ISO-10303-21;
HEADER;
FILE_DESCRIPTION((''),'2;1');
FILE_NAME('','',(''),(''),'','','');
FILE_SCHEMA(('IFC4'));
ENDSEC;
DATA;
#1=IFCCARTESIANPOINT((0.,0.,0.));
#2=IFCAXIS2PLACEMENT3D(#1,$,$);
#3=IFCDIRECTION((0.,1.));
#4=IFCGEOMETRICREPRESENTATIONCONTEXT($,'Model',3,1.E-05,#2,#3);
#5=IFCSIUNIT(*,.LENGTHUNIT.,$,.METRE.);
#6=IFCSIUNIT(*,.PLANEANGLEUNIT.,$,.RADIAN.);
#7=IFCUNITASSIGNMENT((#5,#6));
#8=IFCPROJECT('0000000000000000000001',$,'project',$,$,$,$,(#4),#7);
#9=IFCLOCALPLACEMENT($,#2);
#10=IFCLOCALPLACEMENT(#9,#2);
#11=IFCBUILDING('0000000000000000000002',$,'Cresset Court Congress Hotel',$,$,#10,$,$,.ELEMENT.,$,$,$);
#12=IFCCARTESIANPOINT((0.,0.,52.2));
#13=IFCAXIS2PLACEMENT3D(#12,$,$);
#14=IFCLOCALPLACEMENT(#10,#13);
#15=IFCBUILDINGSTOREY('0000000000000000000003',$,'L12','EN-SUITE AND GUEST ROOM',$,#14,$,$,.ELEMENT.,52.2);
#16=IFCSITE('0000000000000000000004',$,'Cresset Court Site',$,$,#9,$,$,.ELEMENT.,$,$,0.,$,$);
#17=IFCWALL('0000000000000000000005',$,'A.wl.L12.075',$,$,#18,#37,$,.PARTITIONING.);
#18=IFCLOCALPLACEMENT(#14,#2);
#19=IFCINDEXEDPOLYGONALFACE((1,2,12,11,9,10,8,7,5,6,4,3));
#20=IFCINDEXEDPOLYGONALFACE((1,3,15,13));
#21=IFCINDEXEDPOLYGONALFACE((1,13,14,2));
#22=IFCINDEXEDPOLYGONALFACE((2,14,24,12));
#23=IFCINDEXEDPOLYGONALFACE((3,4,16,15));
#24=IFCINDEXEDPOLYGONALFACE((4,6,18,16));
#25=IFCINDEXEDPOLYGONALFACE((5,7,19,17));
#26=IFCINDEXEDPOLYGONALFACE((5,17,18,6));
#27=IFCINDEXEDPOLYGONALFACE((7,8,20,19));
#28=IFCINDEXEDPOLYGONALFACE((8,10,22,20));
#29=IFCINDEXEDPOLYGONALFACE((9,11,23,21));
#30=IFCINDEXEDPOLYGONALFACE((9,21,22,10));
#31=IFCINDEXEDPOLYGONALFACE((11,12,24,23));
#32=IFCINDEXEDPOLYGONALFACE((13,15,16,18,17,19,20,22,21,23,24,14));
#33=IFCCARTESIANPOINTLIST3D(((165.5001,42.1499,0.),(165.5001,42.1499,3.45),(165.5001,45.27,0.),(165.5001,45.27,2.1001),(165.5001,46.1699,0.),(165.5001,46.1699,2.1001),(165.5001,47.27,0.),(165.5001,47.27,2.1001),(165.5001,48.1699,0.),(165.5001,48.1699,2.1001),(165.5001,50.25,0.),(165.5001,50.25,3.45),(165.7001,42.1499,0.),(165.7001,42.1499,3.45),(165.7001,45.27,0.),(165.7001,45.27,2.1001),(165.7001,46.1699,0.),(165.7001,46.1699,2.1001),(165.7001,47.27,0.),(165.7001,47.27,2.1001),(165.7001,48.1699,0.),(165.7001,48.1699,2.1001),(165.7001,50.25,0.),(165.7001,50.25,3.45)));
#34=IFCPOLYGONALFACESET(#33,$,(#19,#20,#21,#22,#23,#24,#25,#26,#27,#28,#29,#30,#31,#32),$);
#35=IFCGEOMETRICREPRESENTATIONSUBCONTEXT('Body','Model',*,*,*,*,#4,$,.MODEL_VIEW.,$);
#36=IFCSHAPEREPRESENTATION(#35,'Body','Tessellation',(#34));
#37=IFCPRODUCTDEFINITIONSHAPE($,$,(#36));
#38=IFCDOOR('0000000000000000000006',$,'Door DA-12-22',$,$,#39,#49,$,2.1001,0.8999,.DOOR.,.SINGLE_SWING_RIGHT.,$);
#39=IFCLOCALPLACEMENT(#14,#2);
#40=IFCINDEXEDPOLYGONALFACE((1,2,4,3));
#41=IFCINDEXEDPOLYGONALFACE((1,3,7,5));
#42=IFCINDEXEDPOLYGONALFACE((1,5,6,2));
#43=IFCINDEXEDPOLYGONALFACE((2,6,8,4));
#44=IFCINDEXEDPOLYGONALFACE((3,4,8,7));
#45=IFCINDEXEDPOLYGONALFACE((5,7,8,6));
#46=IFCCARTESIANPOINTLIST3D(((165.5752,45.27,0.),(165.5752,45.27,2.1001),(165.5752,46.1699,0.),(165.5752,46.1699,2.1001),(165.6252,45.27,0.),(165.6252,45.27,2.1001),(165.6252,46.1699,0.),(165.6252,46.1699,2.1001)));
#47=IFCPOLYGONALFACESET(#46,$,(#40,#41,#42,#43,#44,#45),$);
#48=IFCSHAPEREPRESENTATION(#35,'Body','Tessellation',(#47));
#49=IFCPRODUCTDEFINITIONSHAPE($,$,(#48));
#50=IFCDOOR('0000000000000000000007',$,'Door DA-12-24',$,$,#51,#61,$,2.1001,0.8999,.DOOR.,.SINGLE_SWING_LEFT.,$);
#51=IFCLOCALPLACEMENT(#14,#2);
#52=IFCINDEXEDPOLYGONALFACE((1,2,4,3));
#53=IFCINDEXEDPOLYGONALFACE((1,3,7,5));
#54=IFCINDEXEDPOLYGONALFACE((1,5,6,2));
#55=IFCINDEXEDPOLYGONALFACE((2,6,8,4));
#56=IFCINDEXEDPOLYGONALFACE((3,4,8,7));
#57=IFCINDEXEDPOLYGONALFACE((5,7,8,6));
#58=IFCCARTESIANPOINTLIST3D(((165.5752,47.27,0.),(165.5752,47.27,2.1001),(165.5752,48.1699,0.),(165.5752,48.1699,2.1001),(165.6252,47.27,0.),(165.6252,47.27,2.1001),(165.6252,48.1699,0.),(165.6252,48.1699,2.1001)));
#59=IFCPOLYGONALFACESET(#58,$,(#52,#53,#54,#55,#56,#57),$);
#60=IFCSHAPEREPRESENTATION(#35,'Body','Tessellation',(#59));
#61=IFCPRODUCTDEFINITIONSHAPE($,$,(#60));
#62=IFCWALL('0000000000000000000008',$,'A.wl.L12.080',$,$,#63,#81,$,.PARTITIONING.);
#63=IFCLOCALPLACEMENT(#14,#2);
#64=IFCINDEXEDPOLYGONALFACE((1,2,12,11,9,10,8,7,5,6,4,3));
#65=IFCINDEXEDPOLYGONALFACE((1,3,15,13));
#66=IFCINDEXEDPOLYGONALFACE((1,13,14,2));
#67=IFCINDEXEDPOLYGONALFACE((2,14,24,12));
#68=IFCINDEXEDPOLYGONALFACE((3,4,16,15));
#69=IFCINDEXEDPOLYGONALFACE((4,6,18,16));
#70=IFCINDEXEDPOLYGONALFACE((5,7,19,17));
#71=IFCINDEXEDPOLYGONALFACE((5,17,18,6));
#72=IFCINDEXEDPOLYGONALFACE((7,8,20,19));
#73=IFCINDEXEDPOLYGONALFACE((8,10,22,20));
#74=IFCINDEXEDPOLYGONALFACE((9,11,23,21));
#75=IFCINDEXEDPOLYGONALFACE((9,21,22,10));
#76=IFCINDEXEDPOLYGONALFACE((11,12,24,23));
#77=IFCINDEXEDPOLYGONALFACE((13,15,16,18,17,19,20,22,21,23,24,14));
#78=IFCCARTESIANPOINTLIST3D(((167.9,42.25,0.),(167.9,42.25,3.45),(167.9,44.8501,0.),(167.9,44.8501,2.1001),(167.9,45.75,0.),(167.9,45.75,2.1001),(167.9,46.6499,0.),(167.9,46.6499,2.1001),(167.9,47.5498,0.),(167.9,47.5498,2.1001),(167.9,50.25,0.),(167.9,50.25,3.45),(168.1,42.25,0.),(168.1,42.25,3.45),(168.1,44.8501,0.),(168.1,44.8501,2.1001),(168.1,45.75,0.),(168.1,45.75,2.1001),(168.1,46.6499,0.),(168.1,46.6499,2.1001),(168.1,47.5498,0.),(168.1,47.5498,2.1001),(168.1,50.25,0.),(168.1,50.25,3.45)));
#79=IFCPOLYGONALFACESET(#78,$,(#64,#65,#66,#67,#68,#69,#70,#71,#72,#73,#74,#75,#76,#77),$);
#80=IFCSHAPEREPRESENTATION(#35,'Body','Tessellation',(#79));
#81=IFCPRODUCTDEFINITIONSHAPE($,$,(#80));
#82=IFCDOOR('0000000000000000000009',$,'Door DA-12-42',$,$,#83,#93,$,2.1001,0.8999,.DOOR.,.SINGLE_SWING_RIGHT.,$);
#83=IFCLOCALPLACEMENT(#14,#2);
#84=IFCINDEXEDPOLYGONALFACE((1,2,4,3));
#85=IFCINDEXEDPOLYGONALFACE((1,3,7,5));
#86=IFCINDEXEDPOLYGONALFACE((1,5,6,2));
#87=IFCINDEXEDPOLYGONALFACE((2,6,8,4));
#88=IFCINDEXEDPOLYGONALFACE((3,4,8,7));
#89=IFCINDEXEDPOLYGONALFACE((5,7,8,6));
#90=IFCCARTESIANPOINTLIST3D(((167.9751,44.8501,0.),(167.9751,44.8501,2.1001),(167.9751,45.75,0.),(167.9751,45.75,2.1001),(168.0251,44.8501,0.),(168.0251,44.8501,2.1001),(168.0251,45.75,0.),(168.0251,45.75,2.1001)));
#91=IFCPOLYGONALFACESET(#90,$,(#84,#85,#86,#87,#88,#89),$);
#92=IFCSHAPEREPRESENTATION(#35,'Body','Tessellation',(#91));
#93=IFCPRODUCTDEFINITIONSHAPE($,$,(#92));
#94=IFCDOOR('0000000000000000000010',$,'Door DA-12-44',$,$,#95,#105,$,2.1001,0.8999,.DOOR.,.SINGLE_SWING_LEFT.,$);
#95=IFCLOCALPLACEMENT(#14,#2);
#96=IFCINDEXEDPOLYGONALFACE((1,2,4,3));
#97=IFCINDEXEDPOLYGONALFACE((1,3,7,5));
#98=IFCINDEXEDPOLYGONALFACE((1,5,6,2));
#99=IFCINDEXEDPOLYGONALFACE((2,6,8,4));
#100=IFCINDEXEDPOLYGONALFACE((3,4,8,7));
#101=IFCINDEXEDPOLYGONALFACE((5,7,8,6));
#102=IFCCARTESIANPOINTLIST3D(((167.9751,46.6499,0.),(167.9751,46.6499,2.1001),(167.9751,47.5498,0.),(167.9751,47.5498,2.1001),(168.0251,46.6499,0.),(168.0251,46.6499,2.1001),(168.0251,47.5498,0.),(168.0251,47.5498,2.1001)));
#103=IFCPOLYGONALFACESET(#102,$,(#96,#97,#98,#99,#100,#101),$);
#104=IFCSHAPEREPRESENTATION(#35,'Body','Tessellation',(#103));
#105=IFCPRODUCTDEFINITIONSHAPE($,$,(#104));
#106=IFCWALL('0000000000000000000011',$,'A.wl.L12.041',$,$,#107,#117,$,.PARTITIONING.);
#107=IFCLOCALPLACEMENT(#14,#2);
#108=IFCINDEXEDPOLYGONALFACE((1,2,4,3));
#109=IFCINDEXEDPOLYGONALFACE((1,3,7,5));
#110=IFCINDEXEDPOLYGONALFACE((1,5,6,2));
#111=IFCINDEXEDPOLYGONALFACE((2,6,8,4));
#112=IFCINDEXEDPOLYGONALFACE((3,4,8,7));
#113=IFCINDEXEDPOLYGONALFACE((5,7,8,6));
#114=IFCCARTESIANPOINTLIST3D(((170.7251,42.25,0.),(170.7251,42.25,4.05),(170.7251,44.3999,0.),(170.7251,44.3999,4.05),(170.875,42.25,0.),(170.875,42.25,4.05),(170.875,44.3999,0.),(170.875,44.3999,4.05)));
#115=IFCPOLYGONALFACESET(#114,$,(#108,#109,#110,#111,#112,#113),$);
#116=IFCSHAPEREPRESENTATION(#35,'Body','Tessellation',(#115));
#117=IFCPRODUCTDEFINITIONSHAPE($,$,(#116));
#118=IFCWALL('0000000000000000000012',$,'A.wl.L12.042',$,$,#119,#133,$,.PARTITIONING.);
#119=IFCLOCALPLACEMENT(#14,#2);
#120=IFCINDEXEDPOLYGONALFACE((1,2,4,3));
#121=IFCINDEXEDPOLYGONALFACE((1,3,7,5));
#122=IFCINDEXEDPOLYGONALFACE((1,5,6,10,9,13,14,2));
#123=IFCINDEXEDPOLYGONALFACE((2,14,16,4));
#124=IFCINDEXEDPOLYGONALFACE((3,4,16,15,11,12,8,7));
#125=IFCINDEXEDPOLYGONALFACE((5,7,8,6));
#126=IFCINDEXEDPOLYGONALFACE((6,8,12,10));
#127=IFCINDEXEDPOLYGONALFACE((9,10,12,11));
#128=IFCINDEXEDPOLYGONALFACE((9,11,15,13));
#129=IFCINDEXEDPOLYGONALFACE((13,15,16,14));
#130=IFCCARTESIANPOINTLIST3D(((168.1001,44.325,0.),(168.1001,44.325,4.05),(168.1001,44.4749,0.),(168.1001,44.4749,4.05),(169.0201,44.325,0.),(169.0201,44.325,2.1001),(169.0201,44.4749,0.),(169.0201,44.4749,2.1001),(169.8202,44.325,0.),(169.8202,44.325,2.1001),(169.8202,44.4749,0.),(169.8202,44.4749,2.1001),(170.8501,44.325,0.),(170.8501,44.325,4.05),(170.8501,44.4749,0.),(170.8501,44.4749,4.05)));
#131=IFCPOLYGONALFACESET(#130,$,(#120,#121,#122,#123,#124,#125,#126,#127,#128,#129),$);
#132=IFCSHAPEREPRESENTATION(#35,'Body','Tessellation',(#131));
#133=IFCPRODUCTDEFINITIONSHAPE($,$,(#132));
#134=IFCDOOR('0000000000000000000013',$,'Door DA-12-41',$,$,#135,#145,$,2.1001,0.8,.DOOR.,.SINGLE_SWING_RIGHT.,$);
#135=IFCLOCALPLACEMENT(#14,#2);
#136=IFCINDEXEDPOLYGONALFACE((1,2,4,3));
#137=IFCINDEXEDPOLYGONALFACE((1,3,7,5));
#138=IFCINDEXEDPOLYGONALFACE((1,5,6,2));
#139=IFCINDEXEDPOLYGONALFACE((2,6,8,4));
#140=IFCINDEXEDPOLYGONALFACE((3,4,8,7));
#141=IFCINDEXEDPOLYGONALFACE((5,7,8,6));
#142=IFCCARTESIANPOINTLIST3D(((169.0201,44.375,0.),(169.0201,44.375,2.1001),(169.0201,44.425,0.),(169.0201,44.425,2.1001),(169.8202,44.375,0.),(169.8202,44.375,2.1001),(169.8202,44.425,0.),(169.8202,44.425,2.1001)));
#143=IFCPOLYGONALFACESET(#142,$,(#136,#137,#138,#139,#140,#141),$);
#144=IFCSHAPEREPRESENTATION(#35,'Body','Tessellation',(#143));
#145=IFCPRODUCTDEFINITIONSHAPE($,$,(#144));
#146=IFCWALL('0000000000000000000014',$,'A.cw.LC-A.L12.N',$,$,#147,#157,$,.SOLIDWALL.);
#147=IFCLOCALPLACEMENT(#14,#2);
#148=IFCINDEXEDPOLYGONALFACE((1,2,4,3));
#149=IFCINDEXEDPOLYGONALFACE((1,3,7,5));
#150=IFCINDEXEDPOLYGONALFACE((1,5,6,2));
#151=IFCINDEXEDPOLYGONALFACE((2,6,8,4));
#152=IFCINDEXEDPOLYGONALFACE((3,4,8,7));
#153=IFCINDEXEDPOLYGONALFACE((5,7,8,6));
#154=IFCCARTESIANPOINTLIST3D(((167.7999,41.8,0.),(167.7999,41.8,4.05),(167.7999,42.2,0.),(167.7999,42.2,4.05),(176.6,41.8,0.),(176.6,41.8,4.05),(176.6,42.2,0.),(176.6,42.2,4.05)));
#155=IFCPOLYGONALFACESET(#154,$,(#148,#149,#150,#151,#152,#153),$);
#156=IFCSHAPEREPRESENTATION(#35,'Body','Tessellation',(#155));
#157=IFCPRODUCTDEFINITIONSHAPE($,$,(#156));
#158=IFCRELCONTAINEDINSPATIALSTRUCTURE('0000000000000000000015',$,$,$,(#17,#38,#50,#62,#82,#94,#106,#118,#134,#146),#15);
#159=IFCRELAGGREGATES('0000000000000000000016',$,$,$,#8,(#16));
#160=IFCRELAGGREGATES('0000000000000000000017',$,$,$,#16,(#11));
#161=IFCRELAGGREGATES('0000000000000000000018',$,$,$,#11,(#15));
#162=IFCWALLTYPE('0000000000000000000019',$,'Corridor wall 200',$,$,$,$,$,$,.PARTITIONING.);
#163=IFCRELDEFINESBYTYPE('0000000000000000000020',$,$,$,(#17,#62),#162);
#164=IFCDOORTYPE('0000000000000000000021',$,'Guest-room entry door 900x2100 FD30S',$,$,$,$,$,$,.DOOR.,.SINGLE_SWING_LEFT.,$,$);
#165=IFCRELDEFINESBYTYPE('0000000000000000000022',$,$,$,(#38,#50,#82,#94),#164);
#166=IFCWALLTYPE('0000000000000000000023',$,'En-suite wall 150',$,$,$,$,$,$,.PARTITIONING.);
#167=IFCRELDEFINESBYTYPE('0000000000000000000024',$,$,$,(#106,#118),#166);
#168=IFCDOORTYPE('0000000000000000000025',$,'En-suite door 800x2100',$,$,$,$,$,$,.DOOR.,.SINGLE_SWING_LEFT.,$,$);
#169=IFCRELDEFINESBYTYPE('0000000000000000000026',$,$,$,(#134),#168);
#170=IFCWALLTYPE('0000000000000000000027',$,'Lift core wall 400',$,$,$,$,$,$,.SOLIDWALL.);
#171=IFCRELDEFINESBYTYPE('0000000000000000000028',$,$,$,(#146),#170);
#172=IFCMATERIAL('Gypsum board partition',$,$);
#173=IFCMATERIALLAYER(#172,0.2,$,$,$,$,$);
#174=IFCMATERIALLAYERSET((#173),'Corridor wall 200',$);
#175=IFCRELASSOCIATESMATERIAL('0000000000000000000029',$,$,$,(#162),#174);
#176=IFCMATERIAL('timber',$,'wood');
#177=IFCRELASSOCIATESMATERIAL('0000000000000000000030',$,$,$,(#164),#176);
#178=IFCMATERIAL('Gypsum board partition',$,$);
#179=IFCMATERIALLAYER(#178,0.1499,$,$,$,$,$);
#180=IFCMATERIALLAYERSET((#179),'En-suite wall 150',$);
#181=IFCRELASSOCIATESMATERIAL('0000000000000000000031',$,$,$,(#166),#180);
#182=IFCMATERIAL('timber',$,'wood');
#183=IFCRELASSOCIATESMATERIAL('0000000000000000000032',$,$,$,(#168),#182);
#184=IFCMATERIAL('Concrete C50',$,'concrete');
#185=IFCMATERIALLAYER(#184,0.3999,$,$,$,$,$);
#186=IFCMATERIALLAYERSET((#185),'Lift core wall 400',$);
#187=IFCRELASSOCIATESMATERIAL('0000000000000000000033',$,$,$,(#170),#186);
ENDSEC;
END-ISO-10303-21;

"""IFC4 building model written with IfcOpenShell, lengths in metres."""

from ifc_helpers import new_model, si_unit, direction, frame, frame_2d, origin, place, context, subcontext, project, spatial, rectangle, extrude, material, layer, layer_set, type_object, element, fill, save


model = new_model("IFC4")

# Units and contexts
model_context = context("Model", 3, precision=1e-05, world=origin(), true_north=direction((0.0, 1.0)))
body_context = subcontext(model_context, "Body", "Model", "MODEL_VIEW")
ifc_project = project(units=[si_unit("LENGTHUNIT", "METRE"), si_unit("PLANEANGLEUNIT", "RADIAN")], contexts=[model_context])

# Site, building, storey
site_placement = place(None, origin())
site = spatial("IfcSite", under=ifc_project, at=site_placement, Name="Cresset Court Site", CompositionType="ELEMENT", RefElevation=0.0)
building_placement = place(site_placement, origin())
building = spatial("IfcBuilding", under=site, at=building_placement, Name="Cresset Court Congress Hotel", CompositionType="ELEMENT")
storey_placement = place(building_placement, frame((0.0, 0.0, 52.2)))
storey = spatial("IfcBuildingStorey", under=building, at=storey_placement, Name="L12", Description="EN-SUITE AND GUEST ROOM", CompositionType="ELEMENT", Elevation=52.2)

# Walls, openings, doors
ifc_material_1 = material(Name="Gypsum board partition")
ifc_layer_1 = layer(ifc_material_1, 0.2)
ifc_layer_set_1 = layer_set([ifc_layer_1], Name="Corridor wall 200")
wall_type_1 = type_object("IfcWallType", Name="Corridor wall 200", PredefinedType="PARTITIONING", material=ifc_layer_set_1)
wall_1_placement = place(storey_placement, frame((165.6001, 42.1499, 0.0), z_axis=(0.0, 0.0, 1.0), x_axis=(0.0, 1.0, 0.0)))
wall_1 = element("IfcWall", 1, at=wall_1_placement, inside=storey, type_object=wall_type_1, Name="A.wl.L12.075", PredefinedType="PARTITIONING", context=body_context, shape_type="SweptSolid", body=[
    extrude(rectangle(XDim=8.1001, YDim=0.2, at=frame_2d((4.05, 0.0))), origin(), (0.0, 0.0, 1.0), 3.45),
])
opening_1_placement = place(wall_1_placement, frame((3.1201, 0.0, 0.0)))
opening_1 = element("IfcOpeningElement", 2, at=opening_1_placement, cuts=wall_1, PredefinedType="OPENING", context=body_context, shape_type="SweptSolid", body=[
    extrude(rectangle(XDim=0.8999, YDim=2.1001, at=frame_2d((0.45, 1.05))), frame((0.0, 0.1099, 0.0), z_axis=(0.0, -1.0, 0.0), x_axis=(1.0, 0.0, 0.0)), (0.0, 0.0, 1.0), 0.22),
])
opening_2_placement = place(wall_1_placement, frame((5.1201, 0.0, 0.0)))
opening_2 = element("IfcOpeningElement", 3, at=opening_2_placement, cuts=wall_1, PredefinedType="OPENING", context=body_context, shape_type="SweptSolid", body=[
    extrude(rectangle(XDim=0.8999, YDim=2.1001, at=frame_2d((0.45, 1.05))), frame((0.0, 0.1099, 0.0), z_axis=(0.0, -1.0, 0.0), x_axis=(1.0, 0.0, 0.0)), (0.0, 0.0, 1.0), 0.22),
])
ifc_material_2 = material(Name="timber", Category="wood")
door_type_1 = type_object("IfcDoorType", Name="Guest-room entry door 900x2100 FD30S", OperationType="SINGLE_SWING_LEFT", PredefinedType="DOOR", material=ifc_material_2)
door_1_placement = place(opening_1_placement, origin())
door_1 = element("IfcDoor", 4, at=door_1_placement, inside=storey, type_object=door_type_1, Name="Door DA-12-22", OperationType="SINGLE_SWING_RIGHT", OverallHeight=2.1001, OverallWidth=0.8999, PredefinedType="DOOR", context=body_context, shape_type="SweptSolid", body=[
    extrude(rectangle(XDim=0.8999, YDim=2.1001, at=frame_2d((0.45, 1.05))), frame((0.0, 0.0249, 0.0), z_axis=(0.0, -1.0, 0.0), x_axis=(1.0, 0.0, 0.0)), (0.0, 0.0, 1.0), 0.05),
])
fill(opening_1, door_1)
door_2_placement = place(opening_2_placement, origin())
door_2 = element("IfcDoor", 5, at=door_2_placement, inside=storey, type_object=door_type_1, Name="Door DA-12-24", OperationType="SINGLE_SWING_LEFT", OverallHeight=2.1001, OverallWidth=0.8999, PredefinedType="DOOR", context=body_context, shape_type="SweptSolid", body=[
    extrude(rectangle(XDim=0.8999, YDim=2.1001, at=frame_2d((0.45, 1.05))), frame((0.0, 0.0249, 0.0), z_axis=(0.0, -1.0, 0.0), x_axis=(1.0, 0.0, 0.0)), (0.0, 0.0, 1.0), 0.05),
])
fill(opening_2, door_2)
wall_2_placement = place(storey_placement, frame((168.0, 42.25, 0.0), z_axis=(0.0, 0.0, 1.0), x_axis=(0.0, 1.0, 0.0)))
wall_2 = element("IfcWall", 6, at=wall_2_placement, inside=storey, type_object=wall_type_1, Name="A.wl.L12.080", PredefinedType="PARTITIONING", context=body_context, shape_type="SweptSolid", body=[
    extrude(rectangle(XDim=8.0, YDim=0.2, at=frame_2d((4.0, 0.0))), origin(), (0.0, 0.0, 1.0), 3.45),
])
opening_3_placement = place(wall_2_placement, frame((2.6001, 0.0, 0.0)))
opening_3 = element("IfcOpeningElement", 7, at=opening_3_placement, cuts=wall_2, PredefinedType="OPENING", context=body_context, shape_type="SweptSolid", body=[
    extrude(rectangle(XDim=0.8999, YDim=2.1001, at=frame_2d((0.45, 1.05))), frame((0.0, 0.1099, 0.0), z_axis=(0.0, -1.0, 0.0), x_axis=(1.0, 0.0, 0.0)), (0.0, 0.0, 1.0), 0.22),
])
opening_4_placement = place(wall_2_placement, frame((4.3999, 0.0, 0.0)))
opening_4 = element("IfcOpeningElement", 8, at=opening_4_placement, cuts=wall_2, PredefinedType="OPENING", context=body_context, shape_type="SweptSolid", body=[
    extrude(rectangle(XDim=0.8999, YDim=2.1001, at=frame_2d((0.45, 1.05))), frame((0.0, 0.1099, 0.0), z_axis=(0.0, -1.0, 0.0), x_axis=(1.0, 0.0, 0.0)), (0.0, 0.0, 1.0), 0.22),
])
door_3_placement = place(opening_3_placement, origin())
door_3 = element("IfcDoor", 9, at=door_3_placement, inside=storey, type_object=door_type_1, Name="Door DA-12-42", OperationType="SINGLE_SWING_RIGHT", OverallHeight=2.1001, OverallWidth=0.8999, PredefinedType="DOOR", context=body_context, shape_type="SweptSolid", body=[
    extrude(rectangle(XDim=0.8999, YDim=2.1001, at=frame_2d((0.45, 1.05))), frame((0.0, 0.0249, 0.0), z_axis=(0.0, -1.0, 0.0), x_axis=(1.0, 0.0, 0.0)), (0.0, 0.0, 1.0), 0.05),
])
fill(opening_3, door_3)
door_4_placement = place(opening_4_placement, origin())
door_4 = element("IfcDoor", 10, at=door_4_placement, inside=storey, type_object=door_type_1, Name="Door DA-12-44", OperationType="SINGLE_SWING_LEFT", OverallHeight=2.1001, OverallWidth=0.8999, PredefinedType="DOOR", context=body_context, shape_type="SweptSolid", body=[
    extrude(rectangle(XDim=0.8999, YDim=2.1001, at=frame_2d((0.45, 1.05))), frame((0.0, 0.0249, 0.0), z_axis=(0.0, -1.0, 0.0), x_axis=(1.0, 0.0, 0.0)), (0.0, 0.0, 1.0), 0.05),
])
fill(opening_4, door_4)

# Wall
ifc_material_3 = material(Name="Gypsum board partition")
ifc_layer_2 = layer(ifc_material_3, 0.1499)
ifc_layer_set_2 = layer_set([ifc_layer_2], Name="En-suite wall 150")
wall_type_2 = type_object("IfcWallType", Name="En-suite wall 150", PredefinedType="PARTITIONING", material=ifc_layer_set_2)
wall_3_placement = place(storey_placement, frame((170.8, 42.25, 0.0), z_axis=(0.0, 0.0, 1.0), x_axis=(0.0, 1.0, 0.0)))
element("IfcWall", 11, at=wall_3_placement, inside=storey, type_object=wall_type_2, Name="A.wl.L12.041", PredefinedType="PARTITIONING", context=body_context, shape_type="SweptSolid", body=[
    extrude(rectangle(XDim=2.1499, YDim=0.1499, at=frame_2d((1.075, 0.0))), origin(), (0.0, 0.0, 1.0), 4.05),
])

# Wall, opening, door
wall_4_placement = place(storey_placement, frame((170.8501, 44.3999, 0.0), z_axis=(0.0, 0.0, 1.0), x_axis=(-1.0, 0.0, 0.0)))
wall_4 = element("IfcWall", 12, at=wall_4_placement, inside=storey, type_object=wall_type_2, Name="A.wl.L12.042", PredefinedType="PARTITIONING", context=body_context, shape_type="SweptSolid", body=[
    extrude(rectangle(XDim=2.75, YDim=0.1499, at=frame_2d((1.375, 0.0))), origin(), (0.0, 0.0, 1.0), 4.05),
])
opening_5_placement = place(wall_4_placement, frame((1.03, 0.0, 0.0)))
opening_5 = element("IfcOpeningElement", 13, at=opening_5_placement, cuts=wall_4, PredefinedType="OPENING", context=body_context, shape_type="SweptSolid", body=[
    extrude(rectangle(XDim=0.8, YDim=2.1001, at=frame_2d((0.3999, 1.05))), frame((0.0, 0.085, 0.0), z_axis=(0.0, -1.0, 0.0), x_axis=(1.0, 0.0, 0.0)), (0.0, 0.0, 1.0), 0.1699),
])
ifc_material_4 = material(Name="timber", Category="wood")
door_type_2 = type_object("IfcDoorType", Name="En-suite door 800x2100", OperationType="SINGLE_SWING_LEFT", PredefinedType="DOOR", material=ifc_material_4)
door_5_placement = place(opening_5_placement, origin())
door_5 = element("IfcDoor", 14, at=door_5_placement, inside=storey, type_object=door_type_2, Name="Door DA-12-41", OperationType="SINGLE_SWING_RIGHT", OverallHeight=2.1001, OverallWidth=0.8, PredefinedType="DOOR", context=body_context, shape_type="SweptSolid", body=[
    extrude(rectangle(XDim=0.8, YDim=2.1001, at=frame_2d((0.3999, 1.05))), frame((0.0, 0.0249, 0.0), z_axis=(0.0, -1.0, 0.0), x_axis=(1.0, 0.0, 0.0)), (0.0, 0.0, 1.0), 0.05),
])
fill(opening_5, door_5)

# Wall
ifc_material_5 = material(Name="Concrete C50", Category="concrete")
ifc_layer_3 = layer(ifc_material_5, 0.3999)
ifc_layer_set_3 = layer_set([ifc_layer_3], Name="Lift core wall 400")
wall_type_3 = type_object("IfcWallType", Name="Lift core wall 400", PredefinedType="SOLIDWALL", material=ifc_layer_set_3)
wall_5_placement = place(storey_placement, frame((167.8, 42.0, 0.0), z_axis=(0.0, 0.0, 1.0), x_axis=(1.0, 0.0, 0.0)))
element("IfcWall", 15, at=wall_5_placement, inside=storey, type_object=wall_type_3, Name="A.cw.LC-A.L12.N", PredefinedType="SOLIDWALL", context=body_context, shape_type="SweptSolid", body=[
    extrude(rectangle(XDim=8.8, YDim=0.3999, at=frame_2d((4.3999, 0.0))), origin(), (0.0, 0.0, 1.0), 4.05),
])

save(model, "model.ifc")
